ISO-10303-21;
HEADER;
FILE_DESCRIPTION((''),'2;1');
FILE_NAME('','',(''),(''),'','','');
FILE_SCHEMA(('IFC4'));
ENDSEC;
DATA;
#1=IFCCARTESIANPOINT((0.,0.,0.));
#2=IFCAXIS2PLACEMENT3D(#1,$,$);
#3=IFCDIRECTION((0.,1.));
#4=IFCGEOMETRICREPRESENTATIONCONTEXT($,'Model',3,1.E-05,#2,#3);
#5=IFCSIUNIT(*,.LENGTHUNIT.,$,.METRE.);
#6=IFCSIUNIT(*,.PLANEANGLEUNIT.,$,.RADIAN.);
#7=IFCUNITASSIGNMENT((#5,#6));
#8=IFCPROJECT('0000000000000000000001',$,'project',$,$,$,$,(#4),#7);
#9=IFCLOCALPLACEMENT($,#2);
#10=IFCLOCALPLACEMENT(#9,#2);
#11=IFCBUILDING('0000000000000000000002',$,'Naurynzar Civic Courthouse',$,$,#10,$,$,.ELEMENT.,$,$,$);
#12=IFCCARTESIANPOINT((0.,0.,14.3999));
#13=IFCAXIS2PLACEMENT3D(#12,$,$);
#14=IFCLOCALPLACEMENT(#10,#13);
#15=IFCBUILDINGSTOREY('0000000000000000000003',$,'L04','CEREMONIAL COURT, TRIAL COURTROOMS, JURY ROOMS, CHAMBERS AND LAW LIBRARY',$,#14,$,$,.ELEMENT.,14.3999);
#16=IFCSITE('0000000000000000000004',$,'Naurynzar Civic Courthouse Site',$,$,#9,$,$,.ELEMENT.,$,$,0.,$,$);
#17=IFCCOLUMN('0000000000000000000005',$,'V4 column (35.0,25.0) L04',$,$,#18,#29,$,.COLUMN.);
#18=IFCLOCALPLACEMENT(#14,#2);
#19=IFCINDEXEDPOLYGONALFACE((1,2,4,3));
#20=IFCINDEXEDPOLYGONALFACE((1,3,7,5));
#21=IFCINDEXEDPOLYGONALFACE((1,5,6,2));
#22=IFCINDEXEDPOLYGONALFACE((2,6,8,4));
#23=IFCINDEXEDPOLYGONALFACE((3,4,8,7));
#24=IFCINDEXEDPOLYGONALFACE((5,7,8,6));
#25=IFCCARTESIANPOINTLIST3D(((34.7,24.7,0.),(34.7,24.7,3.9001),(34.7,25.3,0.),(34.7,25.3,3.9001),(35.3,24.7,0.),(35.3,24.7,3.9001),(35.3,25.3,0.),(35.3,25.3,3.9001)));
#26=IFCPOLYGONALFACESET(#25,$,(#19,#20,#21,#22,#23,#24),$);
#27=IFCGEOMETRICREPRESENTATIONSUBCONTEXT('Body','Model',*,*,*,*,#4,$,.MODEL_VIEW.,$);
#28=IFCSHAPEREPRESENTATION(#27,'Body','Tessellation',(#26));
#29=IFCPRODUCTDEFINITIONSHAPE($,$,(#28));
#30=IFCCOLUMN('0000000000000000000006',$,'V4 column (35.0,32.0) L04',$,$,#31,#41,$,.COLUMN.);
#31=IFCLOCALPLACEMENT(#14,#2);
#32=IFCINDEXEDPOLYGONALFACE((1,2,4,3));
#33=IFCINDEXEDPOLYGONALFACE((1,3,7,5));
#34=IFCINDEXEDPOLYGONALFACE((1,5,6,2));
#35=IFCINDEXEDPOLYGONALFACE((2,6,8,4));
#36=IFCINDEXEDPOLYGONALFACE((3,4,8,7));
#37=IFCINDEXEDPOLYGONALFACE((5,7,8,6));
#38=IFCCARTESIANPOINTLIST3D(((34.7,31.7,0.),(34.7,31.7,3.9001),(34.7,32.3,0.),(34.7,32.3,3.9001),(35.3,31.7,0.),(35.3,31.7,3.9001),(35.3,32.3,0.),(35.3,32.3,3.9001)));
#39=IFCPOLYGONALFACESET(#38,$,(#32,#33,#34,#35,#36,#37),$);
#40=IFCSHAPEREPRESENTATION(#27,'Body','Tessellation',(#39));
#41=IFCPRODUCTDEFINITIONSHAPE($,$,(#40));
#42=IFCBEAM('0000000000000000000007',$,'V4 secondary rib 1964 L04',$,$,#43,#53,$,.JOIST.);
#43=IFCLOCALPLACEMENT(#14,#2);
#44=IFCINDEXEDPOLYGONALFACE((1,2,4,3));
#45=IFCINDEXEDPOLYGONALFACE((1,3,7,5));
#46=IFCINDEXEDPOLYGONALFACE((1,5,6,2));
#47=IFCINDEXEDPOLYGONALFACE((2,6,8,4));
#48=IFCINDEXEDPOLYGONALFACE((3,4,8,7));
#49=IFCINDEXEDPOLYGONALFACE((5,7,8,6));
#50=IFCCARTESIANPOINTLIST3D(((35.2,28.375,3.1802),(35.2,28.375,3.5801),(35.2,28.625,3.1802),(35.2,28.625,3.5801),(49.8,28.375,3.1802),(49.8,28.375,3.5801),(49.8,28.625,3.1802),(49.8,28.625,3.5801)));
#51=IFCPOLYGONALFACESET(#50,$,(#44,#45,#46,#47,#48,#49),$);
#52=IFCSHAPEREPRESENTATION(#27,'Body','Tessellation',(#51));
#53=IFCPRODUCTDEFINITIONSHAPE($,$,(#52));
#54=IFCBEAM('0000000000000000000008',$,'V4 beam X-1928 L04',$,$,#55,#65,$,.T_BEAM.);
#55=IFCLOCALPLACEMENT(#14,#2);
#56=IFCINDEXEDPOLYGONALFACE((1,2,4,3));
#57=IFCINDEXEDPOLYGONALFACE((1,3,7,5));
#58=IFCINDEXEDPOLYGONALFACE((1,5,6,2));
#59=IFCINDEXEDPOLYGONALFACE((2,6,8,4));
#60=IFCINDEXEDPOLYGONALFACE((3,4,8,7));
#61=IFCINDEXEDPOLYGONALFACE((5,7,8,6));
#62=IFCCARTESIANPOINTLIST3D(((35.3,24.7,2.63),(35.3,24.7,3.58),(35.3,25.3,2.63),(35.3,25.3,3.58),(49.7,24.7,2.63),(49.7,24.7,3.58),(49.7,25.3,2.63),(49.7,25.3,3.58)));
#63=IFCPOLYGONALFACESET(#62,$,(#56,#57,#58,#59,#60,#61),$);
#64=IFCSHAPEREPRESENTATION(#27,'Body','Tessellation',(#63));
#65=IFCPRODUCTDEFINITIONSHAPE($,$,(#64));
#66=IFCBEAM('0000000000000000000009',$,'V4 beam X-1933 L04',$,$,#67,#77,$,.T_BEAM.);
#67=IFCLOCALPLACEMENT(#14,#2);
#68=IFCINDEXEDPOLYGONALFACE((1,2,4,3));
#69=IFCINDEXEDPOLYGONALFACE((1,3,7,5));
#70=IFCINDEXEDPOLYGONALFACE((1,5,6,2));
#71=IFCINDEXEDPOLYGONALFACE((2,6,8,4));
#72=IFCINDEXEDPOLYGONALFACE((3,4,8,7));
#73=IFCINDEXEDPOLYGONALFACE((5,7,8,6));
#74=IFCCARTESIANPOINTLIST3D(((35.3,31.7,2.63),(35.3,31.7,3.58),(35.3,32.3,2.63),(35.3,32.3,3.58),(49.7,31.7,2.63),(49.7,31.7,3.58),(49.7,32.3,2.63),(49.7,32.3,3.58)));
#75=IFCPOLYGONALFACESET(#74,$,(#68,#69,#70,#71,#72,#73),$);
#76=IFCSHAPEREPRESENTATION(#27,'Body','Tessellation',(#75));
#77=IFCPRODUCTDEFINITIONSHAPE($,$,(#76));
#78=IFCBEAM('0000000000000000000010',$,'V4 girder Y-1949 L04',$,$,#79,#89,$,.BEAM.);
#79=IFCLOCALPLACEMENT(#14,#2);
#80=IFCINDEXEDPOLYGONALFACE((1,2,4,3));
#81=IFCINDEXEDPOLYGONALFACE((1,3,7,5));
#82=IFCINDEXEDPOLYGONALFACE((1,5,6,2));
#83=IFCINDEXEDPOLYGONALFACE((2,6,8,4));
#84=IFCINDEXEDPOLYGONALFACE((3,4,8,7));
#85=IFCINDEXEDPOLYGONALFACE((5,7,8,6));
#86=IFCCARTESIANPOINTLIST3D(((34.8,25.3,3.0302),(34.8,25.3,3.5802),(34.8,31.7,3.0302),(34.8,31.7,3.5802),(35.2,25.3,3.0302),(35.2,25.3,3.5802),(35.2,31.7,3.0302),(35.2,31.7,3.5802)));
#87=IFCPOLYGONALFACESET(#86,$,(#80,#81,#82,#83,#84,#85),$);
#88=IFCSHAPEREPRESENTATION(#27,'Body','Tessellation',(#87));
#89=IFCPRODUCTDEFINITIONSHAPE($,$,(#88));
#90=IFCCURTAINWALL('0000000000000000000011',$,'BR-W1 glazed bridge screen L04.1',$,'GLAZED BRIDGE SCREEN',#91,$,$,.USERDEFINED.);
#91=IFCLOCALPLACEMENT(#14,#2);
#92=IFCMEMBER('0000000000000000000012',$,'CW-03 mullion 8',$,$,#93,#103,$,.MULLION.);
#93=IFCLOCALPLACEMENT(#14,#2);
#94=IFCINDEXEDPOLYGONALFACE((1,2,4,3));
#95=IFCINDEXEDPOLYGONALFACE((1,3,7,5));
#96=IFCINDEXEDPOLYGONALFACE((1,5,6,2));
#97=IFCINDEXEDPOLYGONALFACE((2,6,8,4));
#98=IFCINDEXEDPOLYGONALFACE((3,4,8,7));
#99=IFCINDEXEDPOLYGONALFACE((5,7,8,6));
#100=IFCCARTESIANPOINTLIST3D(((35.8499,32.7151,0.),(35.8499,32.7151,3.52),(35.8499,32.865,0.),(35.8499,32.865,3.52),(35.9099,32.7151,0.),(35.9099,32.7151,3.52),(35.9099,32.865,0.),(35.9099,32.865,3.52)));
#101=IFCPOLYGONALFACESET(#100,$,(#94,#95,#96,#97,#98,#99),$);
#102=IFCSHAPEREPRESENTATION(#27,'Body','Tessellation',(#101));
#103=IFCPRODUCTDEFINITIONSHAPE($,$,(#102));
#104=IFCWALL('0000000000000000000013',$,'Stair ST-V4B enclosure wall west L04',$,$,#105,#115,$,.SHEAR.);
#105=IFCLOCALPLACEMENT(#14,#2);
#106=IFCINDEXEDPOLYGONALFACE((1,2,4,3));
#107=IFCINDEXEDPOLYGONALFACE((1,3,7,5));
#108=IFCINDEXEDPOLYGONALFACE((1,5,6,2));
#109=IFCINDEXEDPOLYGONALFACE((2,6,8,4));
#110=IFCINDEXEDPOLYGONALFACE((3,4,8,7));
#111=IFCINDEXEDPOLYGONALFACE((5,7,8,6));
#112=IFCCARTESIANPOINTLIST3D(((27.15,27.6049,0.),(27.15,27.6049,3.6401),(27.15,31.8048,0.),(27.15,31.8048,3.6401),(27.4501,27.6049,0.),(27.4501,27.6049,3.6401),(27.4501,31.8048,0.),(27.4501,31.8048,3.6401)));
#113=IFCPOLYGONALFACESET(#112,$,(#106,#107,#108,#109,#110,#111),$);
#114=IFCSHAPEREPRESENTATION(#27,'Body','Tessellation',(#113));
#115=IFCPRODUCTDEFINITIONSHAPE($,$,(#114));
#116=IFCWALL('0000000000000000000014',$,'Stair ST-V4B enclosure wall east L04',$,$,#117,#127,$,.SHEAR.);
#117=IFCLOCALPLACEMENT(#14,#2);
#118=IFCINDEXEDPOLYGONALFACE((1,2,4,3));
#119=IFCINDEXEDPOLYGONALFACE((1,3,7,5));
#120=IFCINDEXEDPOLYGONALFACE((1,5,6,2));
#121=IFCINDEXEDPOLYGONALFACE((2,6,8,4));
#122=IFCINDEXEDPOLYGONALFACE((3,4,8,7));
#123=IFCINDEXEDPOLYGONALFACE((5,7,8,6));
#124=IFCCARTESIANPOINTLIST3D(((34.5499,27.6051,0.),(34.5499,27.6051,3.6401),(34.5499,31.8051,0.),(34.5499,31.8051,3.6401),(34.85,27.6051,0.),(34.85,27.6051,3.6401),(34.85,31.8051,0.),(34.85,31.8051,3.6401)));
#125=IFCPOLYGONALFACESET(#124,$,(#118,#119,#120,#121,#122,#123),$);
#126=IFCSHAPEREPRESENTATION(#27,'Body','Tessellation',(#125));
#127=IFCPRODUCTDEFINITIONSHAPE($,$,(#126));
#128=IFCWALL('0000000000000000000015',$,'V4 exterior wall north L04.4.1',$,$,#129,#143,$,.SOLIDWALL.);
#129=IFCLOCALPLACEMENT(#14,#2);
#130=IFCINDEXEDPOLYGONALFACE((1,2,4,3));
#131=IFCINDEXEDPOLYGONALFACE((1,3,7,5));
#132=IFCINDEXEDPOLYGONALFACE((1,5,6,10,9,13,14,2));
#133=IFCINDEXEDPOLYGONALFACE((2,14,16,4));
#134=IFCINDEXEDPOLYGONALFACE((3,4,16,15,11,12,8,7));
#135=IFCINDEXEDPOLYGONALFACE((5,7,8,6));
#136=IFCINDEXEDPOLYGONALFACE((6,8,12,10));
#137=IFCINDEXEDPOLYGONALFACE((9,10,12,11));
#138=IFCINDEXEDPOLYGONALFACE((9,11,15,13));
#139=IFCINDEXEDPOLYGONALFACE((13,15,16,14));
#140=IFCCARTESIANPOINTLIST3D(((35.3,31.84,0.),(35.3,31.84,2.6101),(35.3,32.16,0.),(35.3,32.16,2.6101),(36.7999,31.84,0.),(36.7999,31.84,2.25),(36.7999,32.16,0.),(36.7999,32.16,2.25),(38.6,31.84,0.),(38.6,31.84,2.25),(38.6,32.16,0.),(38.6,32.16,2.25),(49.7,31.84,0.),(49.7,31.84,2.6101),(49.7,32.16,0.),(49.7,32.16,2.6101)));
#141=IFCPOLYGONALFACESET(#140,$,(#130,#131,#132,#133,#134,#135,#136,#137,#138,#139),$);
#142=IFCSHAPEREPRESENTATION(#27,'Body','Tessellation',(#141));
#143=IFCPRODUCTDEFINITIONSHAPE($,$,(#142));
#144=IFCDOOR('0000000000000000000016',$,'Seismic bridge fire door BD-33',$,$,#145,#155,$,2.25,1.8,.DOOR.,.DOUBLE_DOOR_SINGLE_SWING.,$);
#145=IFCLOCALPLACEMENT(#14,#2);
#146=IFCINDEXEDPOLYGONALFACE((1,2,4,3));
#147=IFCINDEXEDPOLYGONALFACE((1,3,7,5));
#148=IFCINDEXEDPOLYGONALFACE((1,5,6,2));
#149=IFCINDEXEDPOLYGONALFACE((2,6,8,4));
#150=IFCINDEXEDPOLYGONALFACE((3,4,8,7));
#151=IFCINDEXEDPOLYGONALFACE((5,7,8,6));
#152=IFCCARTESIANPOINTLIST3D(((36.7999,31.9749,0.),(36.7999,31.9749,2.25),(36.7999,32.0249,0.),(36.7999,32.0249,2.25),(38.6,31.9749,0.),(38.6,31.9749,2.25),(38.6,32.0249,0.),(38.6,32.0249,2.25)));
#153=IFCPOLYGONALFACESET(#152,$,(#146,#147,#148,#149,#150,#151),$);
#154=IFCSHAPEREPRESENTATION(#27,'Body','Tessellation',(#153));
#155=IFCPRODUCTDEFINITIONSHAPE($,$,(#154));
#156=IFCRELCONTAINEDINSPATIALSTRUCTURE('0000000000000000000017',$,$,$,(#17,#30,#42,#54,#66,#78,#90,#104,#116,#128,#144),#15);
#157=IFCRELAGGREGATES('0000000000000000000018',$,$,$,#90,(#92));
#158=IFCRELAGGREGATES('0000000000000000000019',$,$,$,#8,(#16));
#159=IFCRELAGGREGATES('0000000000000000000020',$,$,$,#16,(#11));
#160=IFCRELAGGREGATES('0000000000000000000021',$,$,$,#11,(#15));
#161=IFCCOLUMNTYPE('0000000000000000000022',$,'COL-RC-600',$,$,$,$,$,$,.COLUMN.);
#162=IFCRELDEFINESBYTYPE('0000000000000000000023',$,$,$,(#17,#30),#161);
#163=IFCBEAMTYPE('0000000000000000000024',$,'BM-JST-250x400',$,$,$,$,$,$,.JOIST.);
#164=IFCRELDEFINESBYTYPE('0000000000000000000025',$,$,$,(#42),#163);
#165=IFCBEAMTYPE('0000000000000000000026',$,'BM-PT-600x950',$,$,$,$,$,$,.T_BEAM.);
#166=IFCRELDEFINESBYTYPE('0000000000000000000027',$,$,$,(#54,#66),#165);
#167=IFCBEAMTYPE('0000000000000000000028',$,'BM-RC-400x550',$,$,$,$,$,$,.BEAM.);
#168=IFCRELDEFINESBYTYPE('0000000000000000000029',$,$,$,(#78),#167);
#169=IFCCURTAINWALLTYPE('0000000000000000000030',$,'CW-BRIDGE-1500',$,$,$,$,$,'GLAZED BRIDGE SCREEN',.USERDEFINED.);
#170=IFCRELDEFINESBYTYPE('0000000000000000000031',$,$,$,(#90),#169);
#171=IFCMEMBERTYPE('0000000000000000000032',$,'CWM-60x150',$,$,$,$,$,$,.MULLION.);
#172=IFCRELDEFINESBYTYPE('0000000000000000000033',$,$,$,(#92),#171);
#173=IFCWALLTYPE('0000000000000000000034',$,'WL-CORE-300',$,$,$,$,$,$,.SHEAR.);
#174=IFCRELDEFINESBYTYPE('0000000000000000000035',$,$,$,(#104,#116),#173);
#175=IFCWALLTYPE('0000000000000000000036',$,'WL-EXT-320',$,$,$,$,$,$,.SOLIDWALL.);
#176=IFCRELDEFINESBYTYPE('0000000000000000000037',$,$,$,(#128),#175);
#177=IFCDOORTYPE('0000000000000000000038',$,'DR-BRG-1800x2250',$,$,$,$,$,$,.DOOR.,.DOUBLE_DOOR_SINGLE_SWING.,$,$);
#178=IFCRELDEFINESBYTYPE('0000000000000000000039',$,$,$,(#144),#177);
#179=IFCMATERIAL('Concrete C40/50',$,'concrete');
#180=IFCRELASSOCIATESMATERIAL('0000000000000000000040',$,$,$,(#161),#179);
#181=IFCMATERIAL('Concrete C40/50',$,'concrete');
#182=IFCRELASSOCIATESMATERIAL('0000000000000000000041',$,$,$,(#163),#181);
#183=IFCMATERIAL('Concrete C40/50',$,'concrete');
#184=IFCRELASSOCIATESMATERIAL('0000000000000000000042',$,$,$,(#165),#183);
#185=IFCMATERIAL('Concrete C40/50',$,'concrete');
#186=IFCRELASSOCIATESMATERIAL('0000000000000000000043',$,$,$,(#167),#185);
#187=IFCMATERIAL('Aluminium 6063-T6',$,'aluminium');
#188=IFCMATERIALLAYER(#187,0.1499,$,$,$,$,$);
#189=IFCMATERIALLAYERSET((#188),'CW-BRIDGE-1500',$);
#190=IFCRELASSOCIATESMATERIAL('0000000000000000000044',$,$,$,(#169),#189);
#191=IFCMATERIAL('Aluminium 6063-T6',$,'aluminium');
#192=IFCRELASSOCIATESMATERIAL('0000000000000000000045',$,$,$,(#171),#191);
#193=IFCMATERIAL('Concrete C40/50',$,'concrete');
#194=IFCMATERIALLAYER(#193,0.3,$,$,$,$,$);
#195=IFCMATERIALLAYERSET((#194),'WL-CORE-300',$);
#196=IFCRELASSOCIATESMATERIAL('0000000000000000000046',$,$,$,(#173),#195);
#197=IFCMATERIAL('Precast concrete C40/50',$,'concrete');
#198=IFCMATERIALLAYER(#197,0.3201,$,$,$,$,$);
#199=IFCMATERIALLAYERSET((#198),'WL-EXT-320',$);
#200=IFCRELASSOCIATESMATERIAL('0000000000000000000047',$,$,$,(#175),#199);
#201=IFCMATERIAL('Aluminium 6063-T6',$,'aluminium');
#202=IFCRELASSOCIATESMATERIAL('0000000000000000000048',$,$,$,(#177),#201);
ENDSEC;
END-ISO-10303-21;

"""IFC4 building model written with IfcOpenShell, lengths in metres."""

from ifc_helpers import new_model, si_unit, direction, frame, frame_2d, origin, origin_2d, place, context, subcontext, project, spatial, rectangle, extrude, material, layer, layer_set, material_profile, profile_set, type_object, element, fill, aggregate, save


model = new_model("IFC4")

# Units and contexts
model_context = context("Model", 3, precision=1e-05, world=origin(), true_north=direction((0.0, 1.0)))
body_context = subcontext(model_context, "Body", "Model", "MODEL_VIEW")
ifc_project = project(units=[si_unit("LENGTHUNIT", "METRE"), si_unit("PLANEANGLEUNIT", "RADIAN")], contexts=[model_context])

# Site, building, storey
site_placement = place(None, origin())
site = spatial("IfcSite", under=ifc_project, at=site_placement, Name="Naurynzar Civic Courthouse Site", CompositionType="ELEMENT", RefElevation=0.0)
building_placement = place(site_placement, origin())
building = spatial("IfcBuilding", under=site, at=building_placement, Name="Naurynzar Civic Courthouse", CompositionType="ELEMENT")
storey_placement = place(building_placement, frame((0.0, 0.0, 14.3999)))
storey = spatial("IfcBuildingStorey", under=building, at=storey_placement, Name="L04", Description="CEREMONIAL COURT, TRIAL COURTROOMS, JURY ROOMS, CHAMBERS AND LAW LIBRARY", CompositionType="ELEMENT", Elevation=14.3999)

# Columns
ifc_material_1 = material(Name="Concrete C40/50", Category="concrete")
ifc_material_profile_1 = material_profile(ifc_material_1, rectangle(XDim=0.6001, YDim=0.6001, at=origin_2d()), Name="RC 600x600")
ifc_profile_set_1 = profile_set([ifc_material_profile_1], Name="Concrete C40/50")
column_type = type_object("IfcColumnType", Name="COL-RC-600", PredefinedType="COLUMN", material=ifc_profile_set_1)
for number, where, z_axis, x_axis, name in (
    (1, (35.0, 25.0, 0.0), (0.0, 0.0, 1.0), (1.0, 0.0, 0.0), "V4 column (35.0,25.0) L04"),
    (2, (35.0, 32.0, 0.0), (0.0, 0.0, 1.0), (1.0, 0.0, 0.0), "V4 column (35.0,32.0) L04"),
):
    element("IfcColumn", number, at=place(storey_placement, frame(where, z_axis=z_axis, x_axis=x_axis)), inside=storey, type_object=column_type, Name=name, PredefinedType="COLUMN", context=body_context, shape_type="SweptSolid", body=[
        extrude(rectangle(XDim=0.6001, YDim=0.6001, at=origin_2d()), origin(), (0.0, 0.0, 1.0), 3.9001),
    ])

# Beams
ifc_material_2 = material(Name="Concrete C40/50", Category="concrete")
ifc_material_profile_2 = material_profile(ifc_material_2, rectangle(XDim=0.25, YDim=0.3999, at=origin_2d()), Name="RCB 250x400")
ifc_profile_set_2 = profile_set([ifc_material_profile_2], Name="Concrete C40/50")
beam_type_1 = type_object("IfcBeamType", Name="BM-JST-250x400", PredefinedType="JOIST", material=ifc_profile_set_2)
beam_1_placement = place(storey_placement, frame((35.2, 28.5, 3.3801), z_axis=(1.0, 0.0, 0.0), x_axis=(0.0, 1.0, 0.0)))
element("IfcBeam", 3, at=beam_1_placement, inside=storey, type_object=beam_type_1, Name="V4 secondary rib 1964 L04", PredefinedType="JOIST", context=body_context, shape_type="SweptSolid", body=[
    extrude(rectangle(XDim=0.25, YDim=0.3999, at=origin_2d()), origin(), (0.0, 0.0, 1.0), 14.6001),
])
ifc_material_3 = material(Name="Concrete C40/50", Category="concrete")
ifc_material_profile_3 = material_profile(ifc_material_3, rectangle(XDim=0.6001, YDim=0.95, at=origin_2d()), Name="PTB 600x950")
ifc_profile_set_3 = profile_set([ifc_material_profile_3], Name="Concrete C40/50")
beam_type_2 = type_object("IfcBeamType", Name="BM-PT-600x950", PredefinedType="T_BEAM", material=ifc_profile_set_3)
for number, where, z_axis, x_axis, name in (
    (4, (35.3, 25.0, 3.105), (1.0, 0.0, 0.0), (0.0, 1.0, 0.0), "V4 beam X-1928 L04"),
    (5, (35.3, 32.0, 3.105), (1.0, 0.0, 0.0), (0.0, 1.0, 0.0), "V4 beam X-1933 L04"),
):
    element("IfcBeam", number, at=place(storey_placement, frame(where, z_axis=z_axis, x_axis=x_axis)), inside=storey, type_object=beam_type_2, Name=name, PredefinedType="T_BEAM", context=body_context, shape_type="SweptSolid", body=[
        extrude(rectangle(XDim=0.6001, YDim=0.95, at=origin_2d()), origin(), (0.0, 0.0, 1.0), 14.3999),
    ])
ifc_material_4 = material(Name="Concrete C40/50", Category="concrete")
ifc_material_profile_4 = material_profile(ifc_material_4, rectangle(XDim=0.3999, YDim=0.55, at=origin_2d()), Name="RCB 400x550")
ifc_profile_set_4 = profile_set([ifc_material_profile_4], Name="Concrete C40/50")
beam_type_3 = type_object("IfcBeamType", Name="BM-RC-400x550", PredefinedType="BEAM", material=ifc_profile_set_4)
beam_2_placement = place(storey_placement, frame((35.0, 25.3, 3.3052), z_axis=(0.0, 1.0, 0.0), x_axis=(-1.0, 0.0, 0.0)))
element("IfcBeam", 6, at=beam_2_placement, inside=storey, type_object=beam_type_3, Name="V4 girder Y-1949 L04", PredefinedType="BEAM", context=body_context, shape_type="SweptSolid", body=[
    extrude(rectangle(XDim=0.3999, YDim=0.55, at=origin_2d()), origin(), (0.0, 0.0, 1.0), 6.3999),
])

# Curtain wall, member
ifc_material_5 = material(Name="Aluminium 6063-T6", Category="aluminium")
ifc_layer_1 = layer(ifc_material_5, 0.1499)
ifc_layer_set_1 = layer_set([ifc_layer_1], Name="CW-BRIDGE-1500")
curtain_wall_type = type_object("IfcCurtainWallType", Name="CW-BRIDGE-1500", ElementType="GLAZED BRIDGE SCREEN", PredefinedType="USERDEFINED", material=ifc_layer_set_1)
curtain_wall_placement = place(storey_placement, origin())
curtain_wall = element("IfcCurtainWall", 7, at=curtain_wall_placement, inside=storey, type_object=curtain_wall_type, Name="BR-W1 glazed bridge screen L04.1", ObjectType="GLAZED BRIDGE SCREEN", PredefinedType="USERDEFINED")
ifc_material_6 = material(Name="Aluminium 6063-T6", Category="aluminium")
ifc_material_profile_5 = material_profile(ifc_material_6, rectangle(XDim=0.0601, YDim=0.1499, at=origin_2d()), Name="ALU MULLION 60x150")
ifc_profile_set_5 = profile_set([ifc_material_profile_5], Name="Aluminium 6063-T6")
member_type = type_object("IfcMemberType", Name="CWM-60x150", PredefinedType="MULLION", material=ifc_profile_set_5)
member_placement = place(storey_placement, frame((35.8799, 32.79, 0.0), z_axis=(0.0, 0.0, 1.0), x_axis=(1.0, 0.0, 0.0)))
member = element("IfcMember", 8, at=member_placement, type_object=member_type, Name="CW-03 mullion 8", PredefinedType="MULLION", context=body_context, shape_type="SweptSolid", body=[
    extrude(rectangle(XDim=0.0601, YDim=0.1499, at=origin_2d()), origin(), (0.0, 0.0, 1.0), 3.52),
])
aggregate(curtain_wall, [member])

# Walls
ifc_material_7 = material(Name="Concrete C40/50", Category="concrete")
ifc_layer_2 = layer(ifc_material_7, 0.3)
ifc_layer_set_2 = layer_set([ifc_layer_2], Name="WL-CORE-300")
wall_type_1 = type_object("IfcWallType", Name="WL-CORE-300", PredefinedType="SHEAR", material=ifc_layer_set_2)
for number, where, z_axis, x_axis, name in (
    (9, (27.3, 31.8049, 0.0), (0.0, 0.0, 1.0), (0.0, -1.0, 0.0), "Stair ST-V4B enclosure wall west L04"),
    (10, (34.7, 27.605, 0.0), (0.0, 0.0, 1.0), (0.0, 1.0, 0.0), "Stair ST-V4B enclosure wall east L04"),
):
    element("IfcWall", number, at=place(storey_placement, frame(where, z_axis=z_axis, x_axis=x_axis)), inside=storey, type_object=wall_type_1, Name=name, PredefinedType="SHEAR", context=body_context, shape_type="SweptSolid", body=[
        extrude(rectangle(XDim=4.2, YDim=0.3, at=frame_2d((2.1001, 0.0))), origin(), (0.0, 0.0, 1.0), 3.6401),
    ])

# Wall, opening, door
ifc_material_8 = material(Name="Precast concrete C40/50", Category="concrete")
ifc_layer_3 = layer(ifc_material_8, 0.3201)
ifc_layer_set_3 = layer_set([ifc_layer_3], Name="WL-EXT-320")
wall_type_2 = type_object("IfcWallType", Name="WL-EXT-320", PredefinedType="SOLIDWALL", material=ifc_layer_set_3)
wall_placement = place(storey_placement, frame((35.3, 32.0, 0.0), z_axis=(0.0, 0.0, 1.0), x_axis=(1.0, 0.0, 0.0)))
wall = element("IfcWall", 11, at=wall_placement, inside=storey, type_object=wall_type_2, Name="V4 exterior wall north L04.4.1", PredefinedType="SOLIDWALL", context=body_context, shape_type="SweptSolid", body=[
    extrude(rectangle(XDim=14.3999, YDim=0.3201, at=frame_2d((7.2, 0.0))), origin(), (0.0, 0.0, 1.0), 2.6101),
])
opening_placement = place(wall_placement, frame((1.5, 0.0, 0.0)))
opening = element("IfcOpeningElement", 12, at=opening_placement, cuts=wall, PredefinedType="OPENING", context=body_context, shape_type="SweptSolid", body=[
    extrude(rectangle(XDim=1.8, YDim=2.25, at=frame_2d((0.8999, 1.125))), frame((0.0, 0.1699, 0.0), z_axis=(0.0, -1.0, 0.0), x_axis=(1.0, 0.0, 0.0)), (0.0, 0.0, 1.0), 0.3401),
])
ifc_material_9 = material(Name="Aluminium 6063-T6", Category="aluminium")
door_type = type_object("IfcDoorType", Name="DR-BRG-1800x2250", OperationType="DOUBLE_DOOR_SINGLE_SWING", PredefinedType="DOOR", material=ifc_material_9)
door_placement = place(opening_placement, origin())
door = element("IfcDoor", 13, at=door_placement, inside=storey, type_object=door_type, Name="Seismic bridge fire door BD-33", OperationType="DOUBLE_DOOR_SINGLE_SWING", OverallHeight=2.25, OverallWidth=1.8, PredefinedType="DOOR", context=body_context, shape_type="SweptSolid", body=[
    extrude(rectangle(XDim=1.8, YDim=2.25, at=frame_2d((0.8999, 1.125))), frame((0.0, 0.0249, 0.0), z_axis=(0.0, -1.0, 0.0), x_axis=(1.0, 0.0, 0.0)), (0.0, 0.0, 1.0), 0.05),
])
fill(opening, door)

save(model, "model.ifc")
